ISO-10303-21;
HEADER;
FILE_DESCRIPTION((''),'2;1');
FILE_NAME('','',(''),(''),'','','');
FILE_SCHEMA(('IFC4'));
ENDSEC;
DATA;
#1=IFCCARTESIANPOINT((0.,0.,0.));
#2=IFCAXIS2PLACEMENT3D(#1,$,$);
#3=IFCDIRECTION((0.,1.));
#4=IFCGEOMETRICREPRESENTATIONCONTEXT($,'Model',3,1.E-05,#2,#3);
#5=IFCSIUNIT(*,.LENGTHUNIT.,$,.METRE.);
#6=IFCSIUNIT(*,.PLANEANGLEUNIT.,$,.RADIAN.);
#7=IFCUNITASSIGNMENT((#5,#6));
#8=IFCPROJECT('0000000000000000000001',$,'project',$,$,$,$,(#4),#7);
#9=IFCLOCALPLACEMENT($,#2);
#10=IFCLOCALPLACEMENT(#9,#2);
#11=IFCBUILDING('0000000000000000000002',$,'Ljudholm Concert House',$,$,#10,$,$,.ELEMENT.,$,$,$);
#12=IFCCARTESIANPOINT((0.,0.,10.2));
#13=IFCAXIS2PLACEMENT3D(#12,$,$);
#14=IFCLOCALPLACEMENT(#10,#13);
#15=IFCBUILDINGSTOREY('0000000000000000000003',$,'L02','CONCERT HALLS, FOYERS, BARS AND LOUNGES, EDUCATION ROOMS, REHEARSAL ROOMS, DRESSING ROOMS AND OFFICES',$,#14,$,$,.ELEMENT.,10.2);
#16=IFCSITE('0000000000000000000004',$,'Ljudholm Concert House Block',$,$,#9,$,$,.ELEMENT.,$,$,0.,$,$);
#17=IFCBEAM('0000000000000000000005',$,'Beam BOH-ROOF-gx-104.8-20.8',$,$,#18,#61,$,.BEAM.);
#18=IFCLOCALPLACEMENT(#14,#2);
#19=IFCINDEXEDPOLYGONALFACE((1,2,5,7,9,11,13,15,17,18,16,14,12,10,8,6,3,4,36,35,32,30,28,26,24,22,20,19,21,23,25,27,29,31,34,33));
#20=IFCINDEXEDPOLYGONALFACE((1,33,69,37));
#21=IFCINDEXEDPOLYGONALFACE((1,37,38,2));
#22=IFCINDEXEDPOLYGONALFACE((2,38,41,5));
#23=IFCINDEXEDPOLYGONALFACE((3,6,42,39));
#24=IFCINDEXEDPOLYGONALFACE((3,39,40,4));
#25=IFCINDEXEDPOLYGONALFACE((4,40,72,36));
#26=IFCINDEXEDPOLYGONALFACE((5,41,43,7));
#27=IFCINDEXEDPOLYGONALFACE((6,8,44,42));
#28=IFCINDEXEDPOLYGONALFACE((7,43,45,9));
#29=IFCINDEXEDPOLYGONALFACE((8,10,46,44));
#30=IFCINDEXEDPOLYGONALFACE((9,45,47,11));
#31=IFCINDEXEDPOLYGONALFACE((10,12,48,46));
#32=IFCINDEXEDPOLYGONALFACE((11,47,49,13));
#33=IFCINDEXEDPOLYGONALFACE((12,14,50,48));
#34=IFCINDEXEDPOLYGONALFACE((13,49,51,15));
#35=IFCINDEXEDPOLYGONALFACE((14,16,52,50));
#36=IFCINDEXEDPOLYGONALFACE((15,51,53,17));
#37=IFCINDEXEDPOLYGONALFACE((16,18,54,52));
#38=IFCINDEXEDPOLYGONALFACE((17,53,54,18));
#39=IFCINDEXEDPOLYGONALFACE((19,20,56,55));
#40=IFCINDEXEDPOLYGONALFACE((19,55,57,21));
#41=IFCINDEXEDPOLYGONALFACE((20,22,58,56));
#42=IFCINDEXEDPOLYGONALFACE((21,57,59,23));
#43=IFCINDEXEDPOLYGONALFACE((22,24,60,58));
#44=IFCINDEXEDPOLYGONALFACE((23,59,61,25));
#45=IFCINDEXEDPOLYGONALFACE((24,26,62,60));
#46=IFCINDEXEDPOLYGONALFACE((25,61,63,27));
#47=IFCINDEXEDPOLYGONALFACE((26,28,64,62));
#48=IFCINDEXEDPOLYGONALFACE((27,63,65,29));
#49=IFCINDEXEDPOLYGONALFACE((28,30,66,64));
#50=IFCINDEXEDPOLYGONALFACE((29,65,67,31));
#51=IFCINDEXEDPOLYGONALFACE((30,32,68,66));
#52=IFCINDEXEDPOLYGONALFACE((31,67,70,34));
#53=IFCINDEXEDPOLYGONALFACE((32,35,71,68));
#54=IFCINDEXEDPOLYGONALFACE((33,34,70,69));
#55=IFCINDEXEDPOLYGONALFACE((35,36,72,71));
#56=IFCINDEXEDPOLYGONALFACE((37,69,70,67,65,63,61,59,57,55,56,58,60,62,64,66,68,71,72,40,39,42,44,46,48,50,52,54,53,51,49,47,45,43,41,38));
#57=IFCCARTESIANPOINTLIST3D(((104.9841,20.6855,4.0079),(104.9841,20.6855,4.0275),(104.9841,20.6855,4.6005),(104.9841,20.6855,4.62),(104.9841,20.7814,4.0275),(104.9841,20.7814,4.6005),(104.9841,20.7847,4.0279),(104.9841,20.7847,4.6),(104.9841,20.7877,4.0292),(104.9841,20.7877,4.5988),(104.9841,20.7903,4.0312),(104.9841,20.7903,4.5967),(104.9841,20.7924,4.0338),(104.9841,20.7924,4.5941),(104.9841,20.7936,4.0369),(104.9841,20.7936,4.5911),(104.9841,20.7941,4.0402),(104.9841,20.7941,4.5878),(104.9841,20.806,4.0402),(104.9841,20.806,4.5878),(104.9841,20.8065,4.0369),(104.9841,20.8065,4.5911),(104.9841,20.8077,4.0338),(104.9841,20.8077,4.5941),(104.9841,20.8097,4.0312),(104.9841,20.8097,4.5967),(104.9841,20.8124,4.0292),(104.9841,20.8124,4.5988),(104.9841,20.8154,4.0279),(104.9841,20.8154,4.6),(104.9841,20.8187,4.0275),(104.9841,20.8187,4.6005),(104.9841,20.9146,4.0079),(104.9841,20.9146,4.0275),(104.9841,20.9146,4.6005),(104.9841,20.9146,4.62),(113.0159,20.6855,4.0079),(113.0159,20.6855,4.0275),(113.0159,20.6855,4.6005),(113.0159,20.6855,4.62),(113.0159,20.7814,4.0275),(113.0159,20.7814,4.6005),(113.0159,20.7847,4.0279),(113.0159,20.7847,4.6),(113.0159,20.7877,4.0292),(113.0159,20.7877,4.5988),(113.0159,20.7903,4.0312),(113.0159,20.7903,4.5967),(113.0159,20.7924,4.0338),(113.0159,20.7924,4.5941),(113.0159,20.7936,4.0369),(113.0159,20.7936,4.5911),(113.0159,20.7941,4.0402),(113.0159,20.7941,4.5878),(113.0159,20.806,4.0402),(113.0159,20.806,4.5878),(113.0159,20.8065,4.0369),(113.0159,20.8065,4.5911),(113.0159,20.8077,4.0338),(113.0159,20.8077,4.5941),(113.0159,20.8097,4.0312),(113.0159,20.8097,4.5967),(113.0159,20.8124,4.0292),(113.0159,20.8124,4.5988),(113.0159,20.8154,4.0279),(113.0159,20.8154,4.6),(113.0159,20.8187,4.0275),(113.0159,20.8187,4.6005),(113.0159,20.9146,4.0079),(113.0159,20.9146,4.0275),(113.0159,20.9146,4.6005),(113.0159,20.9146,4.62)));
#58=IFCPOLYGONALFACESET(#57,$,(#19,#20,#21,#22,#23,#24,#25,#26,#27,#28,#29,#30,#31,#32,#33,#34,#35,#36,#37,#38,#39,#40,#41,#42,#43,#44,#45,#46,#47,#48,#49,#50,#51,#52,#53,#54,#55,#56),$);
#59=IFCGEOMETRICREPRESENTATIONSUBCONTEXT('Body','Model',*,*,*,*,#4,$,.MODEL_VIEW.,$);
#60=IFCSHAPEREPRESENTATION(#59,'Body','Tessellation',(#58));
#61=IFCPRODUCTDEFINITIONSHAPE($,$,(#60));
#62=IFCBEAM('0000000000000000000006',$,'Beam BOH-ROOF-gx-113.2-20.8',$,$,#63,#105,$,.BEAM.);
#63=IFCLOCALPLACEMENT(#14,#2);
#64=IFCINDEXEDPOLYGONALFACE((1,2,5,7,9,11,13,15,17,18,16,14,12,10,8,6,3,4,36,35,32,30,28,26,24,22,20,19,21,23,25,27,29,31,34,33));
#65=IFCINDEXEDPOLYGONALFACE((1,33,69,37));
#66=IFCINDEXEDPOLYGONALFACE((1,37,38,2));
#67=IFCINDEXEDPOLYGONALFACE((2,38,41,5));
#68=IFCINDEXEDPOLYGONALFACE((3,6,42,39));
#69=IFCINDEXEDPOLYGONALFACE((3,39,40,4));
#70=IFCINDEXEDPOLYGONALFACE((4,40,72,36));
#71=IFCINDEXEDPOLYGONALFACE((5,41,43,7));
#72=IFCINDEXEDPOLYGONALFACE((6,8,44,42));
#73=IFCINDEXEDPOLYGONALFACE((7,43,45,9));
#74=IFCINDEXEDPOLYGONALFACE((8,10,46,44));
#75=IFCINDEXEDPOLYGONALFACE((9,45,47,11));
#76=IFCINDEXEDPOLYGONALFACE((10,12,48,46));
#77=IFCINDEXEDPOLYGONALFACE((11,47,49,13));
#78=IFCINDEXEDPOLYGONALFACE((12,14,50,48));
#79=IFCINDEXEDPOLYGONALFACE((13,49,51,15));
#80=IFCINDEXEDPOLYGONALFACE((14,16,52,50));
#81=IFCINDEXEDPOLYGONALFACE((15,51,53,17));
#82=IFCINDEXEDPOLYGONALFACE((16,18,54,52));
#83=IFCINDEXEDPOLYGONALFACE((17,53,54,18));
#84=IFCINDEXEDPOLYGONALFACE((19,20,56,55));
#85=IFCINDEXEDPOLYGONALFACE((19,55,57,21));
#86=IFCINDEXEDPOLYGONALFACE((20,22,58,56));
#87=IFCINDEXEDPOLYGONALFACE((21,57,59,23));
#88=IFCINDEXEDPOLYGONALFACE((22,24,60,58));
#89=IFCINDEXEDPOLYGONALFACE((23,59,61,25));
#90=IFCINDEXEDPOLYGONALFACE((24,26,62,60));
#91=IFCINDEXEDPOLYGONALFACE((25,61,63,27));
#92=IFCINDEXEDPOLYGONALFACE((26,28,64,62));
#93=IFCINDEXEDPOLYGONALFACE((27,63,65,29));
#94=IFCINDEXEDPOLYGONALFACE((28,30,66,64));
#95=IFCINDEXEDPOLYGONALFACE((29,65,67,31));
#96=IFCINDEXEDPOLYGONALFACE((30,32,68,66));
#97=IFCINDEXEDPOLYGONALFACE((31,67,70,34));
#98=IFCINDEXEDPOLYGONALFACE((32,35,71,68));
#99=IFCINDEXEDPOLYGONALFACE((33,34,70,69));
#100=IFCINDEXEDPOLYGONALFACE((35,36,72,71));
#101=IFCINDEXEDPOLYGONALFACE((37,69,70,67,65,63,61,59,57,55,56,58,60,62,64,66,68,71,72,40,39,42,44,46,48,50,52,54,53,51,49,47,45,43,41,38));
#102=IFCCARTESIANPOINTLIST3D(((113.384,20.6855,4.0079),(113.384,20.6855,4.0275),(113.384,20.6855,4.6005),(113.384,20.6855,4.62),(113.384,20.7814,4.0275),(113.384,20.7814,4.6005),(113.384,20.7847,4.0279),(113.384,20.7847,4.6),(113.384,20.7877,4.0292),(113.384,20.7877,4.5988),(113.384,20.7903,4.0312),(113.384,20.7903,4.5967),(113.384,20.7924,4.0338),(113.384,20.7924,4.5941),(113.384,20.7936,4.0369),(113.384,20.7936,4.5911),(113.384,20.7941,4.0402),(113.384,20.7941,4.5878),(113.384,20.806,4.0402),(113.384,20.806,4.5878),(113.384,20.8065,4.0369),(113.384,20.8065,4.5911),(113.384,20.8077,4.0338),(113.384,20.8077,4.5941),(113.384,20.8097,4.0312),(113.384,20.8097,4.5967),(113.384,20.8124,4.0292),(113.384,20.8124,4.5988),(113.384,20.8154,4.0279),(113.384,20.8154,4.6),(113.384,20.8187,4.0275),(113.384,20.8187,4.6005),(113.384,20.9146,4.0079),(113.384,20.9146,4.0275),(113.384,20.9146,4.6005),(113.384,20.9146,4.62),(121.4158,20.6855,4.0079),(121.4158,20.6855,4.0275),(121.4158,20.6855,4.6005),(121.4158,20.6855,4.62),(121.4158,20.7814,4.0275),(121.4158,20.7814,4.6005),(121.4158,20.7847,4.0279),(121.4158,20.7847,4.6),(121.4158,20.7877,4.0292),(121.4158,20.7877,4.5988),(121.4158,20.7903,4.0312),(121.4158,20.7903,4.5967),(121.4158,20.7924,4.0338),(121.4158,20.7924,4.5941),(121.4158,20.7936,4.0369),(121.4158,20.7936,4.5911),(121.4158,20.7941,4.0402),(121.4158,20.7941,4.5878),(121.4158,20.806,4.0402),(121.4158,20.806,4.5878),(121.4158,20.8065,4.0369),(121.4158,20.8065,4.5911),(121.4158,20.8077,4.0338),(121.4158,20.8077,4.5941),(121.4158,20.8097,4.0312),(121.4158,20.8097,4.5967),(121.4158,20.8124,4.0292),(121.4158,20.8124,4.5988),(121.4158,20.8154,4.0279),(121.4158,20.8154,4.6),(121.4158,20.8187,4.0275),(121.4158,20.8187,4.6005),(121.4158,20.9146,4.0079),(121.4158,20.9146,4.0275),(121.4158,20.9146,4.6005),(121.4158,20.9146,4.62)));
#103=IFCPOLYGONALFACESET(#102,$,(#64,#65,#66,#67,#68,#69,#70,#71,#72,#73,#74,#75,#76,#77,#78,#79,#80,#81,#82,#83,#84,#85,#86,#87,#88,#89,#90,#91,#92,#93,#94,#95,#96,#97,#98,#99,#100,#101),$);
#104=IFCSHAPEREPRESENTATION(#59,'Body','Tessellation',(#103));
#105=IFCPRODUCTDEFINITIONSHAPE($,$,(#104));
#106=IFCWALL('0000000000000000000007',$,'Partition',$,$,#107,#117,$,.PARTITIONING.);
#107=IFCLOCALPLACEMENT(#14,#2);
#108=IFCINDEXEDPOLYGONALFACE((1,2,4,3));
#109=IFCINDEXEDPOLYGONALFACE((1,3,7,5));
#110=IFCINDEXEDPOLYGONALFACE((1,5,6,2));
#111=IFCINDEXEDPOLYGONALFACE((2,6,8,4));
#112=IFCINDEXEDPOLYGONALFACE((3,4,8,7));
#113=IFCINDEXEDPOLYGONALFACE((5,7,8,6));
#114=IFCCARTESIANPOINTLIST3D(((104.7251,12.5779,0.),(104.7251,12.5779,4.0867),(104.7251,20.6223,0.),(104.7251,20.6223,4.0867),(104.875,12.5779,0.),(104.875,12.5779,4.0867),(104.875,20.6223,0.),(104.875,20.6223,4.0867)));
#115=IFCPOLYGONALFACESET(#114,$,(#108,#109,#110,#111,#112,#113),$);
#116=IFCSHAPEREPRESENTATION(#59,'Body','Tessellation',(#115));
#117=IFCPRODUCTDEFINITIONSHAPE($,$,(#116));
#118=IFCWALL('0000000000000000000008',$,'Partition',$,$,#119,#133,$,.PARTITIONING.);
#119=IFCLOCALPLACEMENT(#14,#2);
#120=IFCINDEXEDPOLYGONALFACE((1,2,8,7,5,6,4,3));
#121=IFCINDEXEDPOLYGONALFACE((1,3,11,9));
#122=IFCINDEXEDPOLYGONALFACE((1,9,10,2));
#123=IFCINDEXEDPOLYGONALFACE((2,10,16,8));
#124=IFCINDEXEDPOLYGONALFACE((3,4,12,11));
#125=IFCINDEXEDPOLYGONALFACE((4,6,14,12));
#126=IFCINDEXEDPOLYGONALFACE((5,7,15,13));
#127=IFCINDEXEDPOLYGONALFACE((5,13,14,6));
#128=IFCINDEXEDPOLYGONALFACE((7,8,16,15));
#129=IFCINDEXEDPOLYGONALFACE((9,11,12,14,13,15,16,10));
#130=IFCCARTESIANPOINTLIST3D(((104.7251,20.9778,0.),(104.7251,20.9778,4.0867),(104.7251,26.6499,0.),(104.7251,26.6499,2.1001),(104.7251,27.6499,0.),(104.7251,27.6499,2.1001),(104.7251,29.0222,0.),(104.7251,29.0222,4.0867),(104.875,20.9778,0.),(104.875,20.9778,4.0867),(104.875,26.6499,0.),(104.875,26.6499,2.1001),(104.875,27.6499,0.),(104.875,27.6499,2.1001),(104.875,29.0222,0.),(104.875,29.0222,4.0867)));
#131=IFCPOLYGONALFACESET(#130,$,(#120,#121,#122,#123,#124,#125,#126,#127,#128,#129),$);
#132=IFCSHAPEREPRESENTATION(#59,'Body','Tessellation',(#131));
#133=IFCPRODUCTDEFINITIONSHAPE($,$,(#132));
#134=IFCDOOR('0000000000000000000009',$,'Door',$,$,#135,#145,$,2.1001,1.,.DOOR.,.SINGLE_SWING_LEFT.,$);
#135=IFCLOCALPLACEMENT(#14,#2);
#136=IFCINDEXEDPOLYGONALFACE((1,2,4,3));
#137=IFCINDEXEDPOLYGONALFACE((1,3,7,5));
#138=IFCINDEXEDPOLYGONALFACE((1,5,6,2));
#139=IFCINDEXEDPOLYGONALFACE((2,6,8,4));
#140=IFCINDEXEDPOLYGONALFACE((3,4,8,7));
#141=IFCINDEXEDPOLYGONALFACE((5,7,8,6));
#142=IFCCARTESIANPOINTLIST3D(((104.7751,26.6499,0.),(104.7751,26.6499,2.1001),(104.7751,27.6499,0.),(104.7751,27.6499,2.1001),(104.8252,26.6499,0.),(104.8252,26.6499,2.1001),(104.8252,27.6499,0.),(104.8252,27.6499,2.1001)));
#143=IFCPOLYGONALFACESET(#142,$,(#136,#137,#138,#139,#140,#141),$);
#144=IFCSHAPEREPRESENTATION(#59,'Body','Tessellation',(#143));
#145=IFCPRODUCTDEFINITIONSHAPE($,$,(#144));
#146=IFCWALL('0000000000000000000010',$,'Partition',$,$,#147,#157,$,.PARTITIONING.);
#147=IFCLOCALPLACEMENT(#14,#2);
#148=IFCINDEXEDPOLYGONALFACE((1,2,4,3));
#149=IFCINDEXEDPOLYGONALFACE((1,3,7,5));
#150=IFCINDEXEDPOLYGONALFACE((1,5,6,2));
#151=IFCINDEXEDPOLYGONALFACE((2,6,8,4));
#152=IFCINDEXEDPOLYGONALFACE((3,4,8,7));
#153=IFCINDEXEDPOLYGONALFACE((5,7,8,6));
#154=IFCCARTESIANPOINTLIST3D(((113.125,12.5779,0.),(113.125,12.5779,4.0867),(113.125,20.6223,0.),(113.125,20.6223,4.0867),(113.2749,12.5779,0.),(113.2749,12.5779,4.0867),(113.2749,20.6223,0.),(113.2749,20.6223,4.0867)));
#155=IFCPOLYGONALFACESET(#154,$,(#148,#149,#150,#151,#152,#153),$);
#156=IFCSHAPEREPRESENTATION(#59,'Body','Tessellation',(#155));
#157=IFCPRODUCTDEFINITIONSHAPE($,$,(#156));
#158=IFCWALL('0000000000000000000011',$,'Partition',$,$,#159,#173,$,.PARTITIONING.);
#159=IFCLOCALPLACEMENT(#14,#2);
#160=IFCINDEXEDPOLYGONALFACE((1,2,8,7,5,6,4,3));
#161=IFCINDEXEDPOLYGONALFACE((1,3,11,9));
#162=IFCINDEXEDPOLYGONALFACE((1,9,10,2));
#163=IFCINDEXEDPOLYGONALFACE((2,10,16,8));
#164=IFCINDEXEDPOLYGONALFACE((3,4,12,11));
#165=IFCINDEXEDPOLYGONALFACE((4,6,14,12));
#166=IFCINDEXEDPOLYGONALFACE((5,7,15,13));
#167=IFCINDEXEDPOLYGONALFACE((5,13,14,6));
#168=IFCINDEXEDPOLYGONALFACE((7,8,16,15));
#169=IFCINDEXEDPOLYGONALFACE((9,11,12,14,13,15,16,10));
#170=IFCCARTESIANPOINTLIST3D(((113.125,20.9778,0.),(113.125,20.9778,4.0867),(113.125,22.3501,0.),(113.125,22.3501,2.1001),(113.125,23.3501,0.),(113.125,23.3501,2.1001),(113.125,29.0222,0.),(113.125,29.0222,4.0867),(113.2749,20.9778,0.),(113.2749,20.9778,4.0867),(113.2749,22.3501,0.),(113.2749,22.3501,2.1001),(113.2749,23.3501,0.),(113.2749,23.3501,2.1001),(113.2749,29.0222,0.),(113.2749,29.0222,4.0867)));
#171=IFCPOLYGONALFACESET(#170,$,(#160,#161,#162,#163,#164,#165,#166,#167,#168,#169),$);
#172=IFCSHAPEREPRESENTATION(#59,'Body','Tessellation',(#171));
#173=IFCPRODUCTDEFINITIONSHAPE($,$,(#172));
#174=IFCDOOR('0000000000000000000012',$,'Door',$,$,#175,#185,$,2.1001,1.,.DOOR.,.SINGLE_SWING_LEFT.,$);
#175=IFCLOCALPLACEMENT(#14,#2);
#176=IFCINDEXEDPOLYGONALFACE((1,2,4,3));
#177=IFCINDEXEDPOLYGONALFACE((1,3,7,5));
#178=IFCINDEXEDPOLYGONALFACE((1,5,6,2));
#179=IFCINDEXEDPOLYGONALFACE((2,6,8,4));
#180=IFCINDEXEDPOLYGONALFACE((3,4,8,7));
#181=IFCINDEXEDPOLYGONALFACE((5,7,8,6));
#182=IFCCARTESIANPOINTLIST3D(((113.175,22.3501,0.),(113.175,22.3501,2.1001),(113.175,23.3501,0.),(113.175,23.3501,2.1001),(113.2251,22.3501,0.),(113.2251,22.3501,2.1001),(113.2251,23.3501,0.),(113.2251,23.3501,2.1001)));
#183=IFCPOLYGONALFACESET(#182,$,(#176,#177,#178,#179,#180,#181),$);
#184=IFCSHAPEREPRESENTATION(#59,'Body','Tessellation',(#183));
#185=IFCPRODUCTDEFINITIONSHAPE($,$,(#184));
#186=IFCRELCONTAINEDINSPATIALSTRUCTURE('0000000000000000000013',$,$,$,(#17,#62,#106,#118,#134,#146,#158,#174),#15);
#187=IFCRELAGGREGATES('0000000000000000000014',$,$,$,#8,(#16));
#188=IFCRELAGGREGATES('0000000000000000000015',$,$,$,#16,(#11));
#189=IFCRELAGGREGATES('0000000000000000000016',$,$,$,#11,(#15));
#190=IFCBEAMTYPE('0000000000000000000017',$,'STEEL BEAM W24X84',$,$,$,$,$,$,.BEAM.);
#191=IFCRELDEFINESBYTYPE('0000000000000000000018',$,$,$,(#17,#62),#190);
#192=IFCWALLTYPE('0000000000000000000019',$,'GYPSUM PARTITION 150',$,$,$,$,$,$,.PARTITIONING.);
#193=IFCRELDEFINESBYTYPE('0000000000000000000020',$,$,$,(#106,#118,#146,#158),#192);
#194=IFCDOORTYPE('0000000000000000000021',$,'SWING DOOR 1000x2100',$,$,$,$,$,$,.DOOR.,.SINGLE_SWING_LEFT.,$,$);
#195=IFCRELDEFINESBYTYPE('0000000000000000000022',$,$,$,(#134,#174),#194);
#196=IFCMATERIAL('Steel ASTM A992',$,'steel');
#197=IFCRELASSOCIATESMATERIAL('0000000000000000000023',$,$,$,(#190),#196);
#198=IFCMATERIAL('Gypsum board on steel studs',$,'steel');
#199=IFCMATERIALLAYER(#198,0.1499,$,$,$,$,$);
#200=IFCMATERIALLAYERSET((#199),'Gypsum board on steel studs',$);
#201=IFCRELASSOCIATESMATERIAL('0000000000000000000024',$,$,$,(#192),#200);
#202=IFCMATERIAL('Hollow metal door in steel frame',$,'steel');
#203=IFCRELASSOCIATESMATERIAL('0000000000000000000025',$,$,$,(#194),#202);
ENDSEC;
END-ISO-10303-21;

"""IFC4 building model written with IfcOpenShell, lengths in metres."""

from ifc_helpers import new_model, si_unit, direction, frame, frame_2d, origin, origin_2d, place, context, subcontext, project, spatial, rectangle, i_section, extrude, material, layer, layer_set, material_profile, profile_set, type_object, element, fill, save


model = new_model("IFC4")

# Units and contexts
model_context = context("Model", 3, precision=1e-05, world=origin(), true_north=direction((0.0, 1.0)))
body_context = subcontext(model_context, "Body", "Model", "MODEL_VIEW")
ifc_project = project(units=[si_unit("LENGTHUNIT", "METRE"), si_unit("PLANEANGLEUNIT", "RADIAN")], contexts=[model_context])

# Site, building, storey
site_placement = place(None, origin())
site = spatial("IfcSite", under=ifc_project, at=site_placement, Name="Ljudholm Concert House Block", CompositionType="ELEMENT", RefElevation=0.0)
building_placement = place(site_placement, origin())
building = spatial("IfcBuilding", under=site, at=building_placement, Name="Ljudholm Concert House", CompositionType="ELEMENT")
storey_placement = place(building_placement, frame((0.0, 0.0, 10.2)))
storey = spatial("IfcBuildingStorey", under=building, at=storey_placement, Name="L02", Description="CONCERT HALLS, FOYERS, BARS AND LOUNGES, EDUCATION ROOMS, REHEARSAL ROOMS, DRESSING ROOMS AND OFFICES", CompositionType="ELEMENT", Elevation=10.2)

# Beams
ifc_material_1 = material(Name="Steel ASTM A992", Category="steel")
ifc_material_profile_1 = material_profile(ifc_material_1, i_section(OverallWidth=0.229, OverallDepth=0.6121, WebThickness=0.012, FlangeThickness=0.0195, FilletRadius=0.0127, at=origin_2d()), Name="W24X84")
ifc_profile_set_1 = profile_set([ifc_material_profile_1], Name="Steel ASTM A992")
beam_type_1 = type_object("IfcBeamType", Name="STEEL BEAM W24X84", PredefinedType="BEAM", material=ifc_profile_set_1)
for number, where, z_axis, x_axis, name in (
    (1, (104.9841, 20.8, 4.314), (1.0, 0.0, 0.0), (0.0, 1.0, 0.0), "Beam BOH-ROOF-gx-104.8-20.8"),
    (2, (113.384, 20.8, 4.314), (1.0, 0.0, 0.0), (0.0, 1.0, 0.0), "Beam BOH-ROOF-gx-113.2-20.8"),
):
    element("IfcBeam", number, at=place(storey_placement, frame(where, z_axis=z_axis, x_axis=x_axis)), inside=storey, type_object=beam_type_1, Name=name, PredefinedType="BEAM", context=body_context, shape_type="SweptSolid", body=[
        extrude(i_section(OverallWidth=0.229, OverallDepth=0.6121, WebThickness=0.012, FlangeThickness=0.0195, FilletRadius=0.0127, at=origin_2d()), origin(), (0.0, 0.0, 1.0), 8.0317),
    ])

# Wall
ifc_material_2 = material(Name="Gypsum board on steel studs", Category="steel")
ifc_layer = layer(ifc_material_2, 0.1499)
ifc_layer_set = layer_set([ifc_layer], Name="Gypsum board on steel studs")
wall_type = type_object("IfcWallType", Name="GYPSUM PARTITION 150", PredefinedType="PARTITIONING", material=ifc_layer_set)
wall_1_placement = place(storey_placement, frame((104.8, 12.5779, 0.0), z_axis=(0.0, 0.0, 1.0), x_axis=(0.0, 1.0, 0.0)))
element("IfcWall", 3, at=wall_1_placement, inside=storey, type_object=wall_type, Name="Partition", PredefinedType="PARTITIONING", context=body_context, shape_type="SweptSolid", body=[
    extrude(rectangle(XDim=8.0444, YDim=0.1499, at=frame_2d((4.0222, 0.0))), origin(), (0.0, 0.0, 1.0), 4.0867),
])

# Wall, opening, door
wall_2_placement = place(storey_placement, frame((104.8, 20.9778, 0.0), z_axis=(0.0, 0.0, 1.0), x_axis=(0.0, 1.0, 0.0)))
wall_2 = element("IfcWall", 4, at=wall_2_placement, inside=storey, type_object=wall_type, Name="Partition", PredefinedType="PARTITIONING", context=body_context, shape_type="SweptSolid", body=[
    extrude(rectangle(XDim=8.0444, YDim=0.1499, at=frame_2d((4.0222, 0.0))), origin(), (0.0, 0.0, 1.0), 4.0867),
])
opening_1_placement = place(wall_2_placement, frame((5.6721, 0.0, 0.0)))
opening_1 = element("IfcOpeningElement", 5, at=opening_1_placement, cuts=wall_2, PredefinedType="OPENING", context=body_context, shape_type="SweptSolid", body=[
    extrude(rectangle(XDim=1.0, YDim=2.1001, at=frame_2d((0.5, 1.05))), frame((0.0, 0.085, 0.0), z_axis=(0.0, -1.0, 0.0), x_axis=(1.0, 0.0, 0.0)), (0.0, 0.0, 1.0), 0.1699),
])
ifc_material_3 = material(Name="Hollow metal door in steel frame", Category="steel")
door_type = type_object("IfcDoorType", Name="SWING DOOR 1000x2100", OperationType="SINGLE_SWING_LEFT", PredefinedType="DOOR", material=ifc_material_3)
door_1_placement = place(opening_1_placement, origin())
door_1 = element("IfcDoor", 6, at=door_1_placement, inside=storey, type_object=door_type, Name="Door", OperationType="SINGLE_SWING_LEFT", OverallHeight=2.1001, OverallWidth=1.0, PredefinedType="DOOR", context=body_context, shape_type="SweptSolid", body=[
    extrude(rectangle(XDim=1.0, YDim=2.1001, at=frame_2d((0.5, 1.05))), frame((0.0, 0.0249, 0.0), z_axis=(0.0, -1.0, 0.0), x_axis=(1.0, 0.0, 0.0)), (0.0, 0.0, 1.0), 0.05),
])
fill(opening_1, door_1)

# Wall
wall_3_placement = place(storey_placement, frame((113.2, 12.5779, 0.0), z_axis=(0.0, 0.0, 1.0), x_axis=(0.0, 1.0, 0.0)))
element("IfcWall", 7, at=wall_3_placement, inside=storey, type_object=wall_type, Name="Partition", PredefinedType="PARTITIONING", context=body_context, shape_type="SweptSolid", body=[
    extrude(rectangle(XDim=8.0444, YDim=0.1499, at=frame_2d((4.0222, 0.0))), origin(), (0.0, 0.0, 1.0), 4.0867),
])

# Wall, opening, door
wall_4_placement = place(storey_placement, frame((113.2, 20.9778, 0.0), z_axis=(0.0, 0.0, 1.0), x_axis=(0.0, 1.0, 0.0)))
wall_4 = element("IfcWall", 8, at=wall_4_placement, inside=storey, type_object=wall_type, Name="Partition", PredefinedType="PARTITIONING", context=body_context, shape_type="SweptSolid", body=[
    extrude(rectangle(XDim=8.0444, YDim=0.1499, at=frame_2d((4.0222, 0.0))), origin(), (0.0, 0.0, 1.0), 4.0867),
])
opening_2_placement = place(wall_4_placement, frame((1.3723, 0.0, 0.0)))
opening_2 = element("IfcOpeningElement", 9, at=opening_2_placement, cuts=wall_4, PredefinedType="OPENING", context=body_context, shape_type="SweptSolid", body=[
    extrude(rectangle(XDim=1.0, YDim=2.1001, at=frame_2d((0.5, 1.05))), frame((0.0, 0.085, 0.0), z_axis=(0.0, -1.0, 0.0), x_axis=(1.0, 0.0, 0.0)), (0.0, 0.0, 1.0), 0.1699),
])
door_2_placement = place(opening_2_placement, origin())
door_2 = element("IfcDoor", 10, at=door_2_placement, inside=storey, type_object=door_type, Name="Door", OperationType="SINGLE_SWING_LEFT", OverallHeight=2.1001, OverallWidth=1.0, PredefinedType="DOOR", context=body_context, shape_type="SweptSolid", body=[
    extrude(rectangle(XDim=1.0, YDim=2.1001, at=frame_2d((0.5, 1.05))), frame((0.0, 0.0249, 0.0), z_axis=(0.0, -1.0, 0.0), x_axis=(1.0, 0.0, 0.0)), (0.0, 0.0, 1.0), 0.05),
])
fill(opening_2, door_2)

save(model, "model.ifc")
